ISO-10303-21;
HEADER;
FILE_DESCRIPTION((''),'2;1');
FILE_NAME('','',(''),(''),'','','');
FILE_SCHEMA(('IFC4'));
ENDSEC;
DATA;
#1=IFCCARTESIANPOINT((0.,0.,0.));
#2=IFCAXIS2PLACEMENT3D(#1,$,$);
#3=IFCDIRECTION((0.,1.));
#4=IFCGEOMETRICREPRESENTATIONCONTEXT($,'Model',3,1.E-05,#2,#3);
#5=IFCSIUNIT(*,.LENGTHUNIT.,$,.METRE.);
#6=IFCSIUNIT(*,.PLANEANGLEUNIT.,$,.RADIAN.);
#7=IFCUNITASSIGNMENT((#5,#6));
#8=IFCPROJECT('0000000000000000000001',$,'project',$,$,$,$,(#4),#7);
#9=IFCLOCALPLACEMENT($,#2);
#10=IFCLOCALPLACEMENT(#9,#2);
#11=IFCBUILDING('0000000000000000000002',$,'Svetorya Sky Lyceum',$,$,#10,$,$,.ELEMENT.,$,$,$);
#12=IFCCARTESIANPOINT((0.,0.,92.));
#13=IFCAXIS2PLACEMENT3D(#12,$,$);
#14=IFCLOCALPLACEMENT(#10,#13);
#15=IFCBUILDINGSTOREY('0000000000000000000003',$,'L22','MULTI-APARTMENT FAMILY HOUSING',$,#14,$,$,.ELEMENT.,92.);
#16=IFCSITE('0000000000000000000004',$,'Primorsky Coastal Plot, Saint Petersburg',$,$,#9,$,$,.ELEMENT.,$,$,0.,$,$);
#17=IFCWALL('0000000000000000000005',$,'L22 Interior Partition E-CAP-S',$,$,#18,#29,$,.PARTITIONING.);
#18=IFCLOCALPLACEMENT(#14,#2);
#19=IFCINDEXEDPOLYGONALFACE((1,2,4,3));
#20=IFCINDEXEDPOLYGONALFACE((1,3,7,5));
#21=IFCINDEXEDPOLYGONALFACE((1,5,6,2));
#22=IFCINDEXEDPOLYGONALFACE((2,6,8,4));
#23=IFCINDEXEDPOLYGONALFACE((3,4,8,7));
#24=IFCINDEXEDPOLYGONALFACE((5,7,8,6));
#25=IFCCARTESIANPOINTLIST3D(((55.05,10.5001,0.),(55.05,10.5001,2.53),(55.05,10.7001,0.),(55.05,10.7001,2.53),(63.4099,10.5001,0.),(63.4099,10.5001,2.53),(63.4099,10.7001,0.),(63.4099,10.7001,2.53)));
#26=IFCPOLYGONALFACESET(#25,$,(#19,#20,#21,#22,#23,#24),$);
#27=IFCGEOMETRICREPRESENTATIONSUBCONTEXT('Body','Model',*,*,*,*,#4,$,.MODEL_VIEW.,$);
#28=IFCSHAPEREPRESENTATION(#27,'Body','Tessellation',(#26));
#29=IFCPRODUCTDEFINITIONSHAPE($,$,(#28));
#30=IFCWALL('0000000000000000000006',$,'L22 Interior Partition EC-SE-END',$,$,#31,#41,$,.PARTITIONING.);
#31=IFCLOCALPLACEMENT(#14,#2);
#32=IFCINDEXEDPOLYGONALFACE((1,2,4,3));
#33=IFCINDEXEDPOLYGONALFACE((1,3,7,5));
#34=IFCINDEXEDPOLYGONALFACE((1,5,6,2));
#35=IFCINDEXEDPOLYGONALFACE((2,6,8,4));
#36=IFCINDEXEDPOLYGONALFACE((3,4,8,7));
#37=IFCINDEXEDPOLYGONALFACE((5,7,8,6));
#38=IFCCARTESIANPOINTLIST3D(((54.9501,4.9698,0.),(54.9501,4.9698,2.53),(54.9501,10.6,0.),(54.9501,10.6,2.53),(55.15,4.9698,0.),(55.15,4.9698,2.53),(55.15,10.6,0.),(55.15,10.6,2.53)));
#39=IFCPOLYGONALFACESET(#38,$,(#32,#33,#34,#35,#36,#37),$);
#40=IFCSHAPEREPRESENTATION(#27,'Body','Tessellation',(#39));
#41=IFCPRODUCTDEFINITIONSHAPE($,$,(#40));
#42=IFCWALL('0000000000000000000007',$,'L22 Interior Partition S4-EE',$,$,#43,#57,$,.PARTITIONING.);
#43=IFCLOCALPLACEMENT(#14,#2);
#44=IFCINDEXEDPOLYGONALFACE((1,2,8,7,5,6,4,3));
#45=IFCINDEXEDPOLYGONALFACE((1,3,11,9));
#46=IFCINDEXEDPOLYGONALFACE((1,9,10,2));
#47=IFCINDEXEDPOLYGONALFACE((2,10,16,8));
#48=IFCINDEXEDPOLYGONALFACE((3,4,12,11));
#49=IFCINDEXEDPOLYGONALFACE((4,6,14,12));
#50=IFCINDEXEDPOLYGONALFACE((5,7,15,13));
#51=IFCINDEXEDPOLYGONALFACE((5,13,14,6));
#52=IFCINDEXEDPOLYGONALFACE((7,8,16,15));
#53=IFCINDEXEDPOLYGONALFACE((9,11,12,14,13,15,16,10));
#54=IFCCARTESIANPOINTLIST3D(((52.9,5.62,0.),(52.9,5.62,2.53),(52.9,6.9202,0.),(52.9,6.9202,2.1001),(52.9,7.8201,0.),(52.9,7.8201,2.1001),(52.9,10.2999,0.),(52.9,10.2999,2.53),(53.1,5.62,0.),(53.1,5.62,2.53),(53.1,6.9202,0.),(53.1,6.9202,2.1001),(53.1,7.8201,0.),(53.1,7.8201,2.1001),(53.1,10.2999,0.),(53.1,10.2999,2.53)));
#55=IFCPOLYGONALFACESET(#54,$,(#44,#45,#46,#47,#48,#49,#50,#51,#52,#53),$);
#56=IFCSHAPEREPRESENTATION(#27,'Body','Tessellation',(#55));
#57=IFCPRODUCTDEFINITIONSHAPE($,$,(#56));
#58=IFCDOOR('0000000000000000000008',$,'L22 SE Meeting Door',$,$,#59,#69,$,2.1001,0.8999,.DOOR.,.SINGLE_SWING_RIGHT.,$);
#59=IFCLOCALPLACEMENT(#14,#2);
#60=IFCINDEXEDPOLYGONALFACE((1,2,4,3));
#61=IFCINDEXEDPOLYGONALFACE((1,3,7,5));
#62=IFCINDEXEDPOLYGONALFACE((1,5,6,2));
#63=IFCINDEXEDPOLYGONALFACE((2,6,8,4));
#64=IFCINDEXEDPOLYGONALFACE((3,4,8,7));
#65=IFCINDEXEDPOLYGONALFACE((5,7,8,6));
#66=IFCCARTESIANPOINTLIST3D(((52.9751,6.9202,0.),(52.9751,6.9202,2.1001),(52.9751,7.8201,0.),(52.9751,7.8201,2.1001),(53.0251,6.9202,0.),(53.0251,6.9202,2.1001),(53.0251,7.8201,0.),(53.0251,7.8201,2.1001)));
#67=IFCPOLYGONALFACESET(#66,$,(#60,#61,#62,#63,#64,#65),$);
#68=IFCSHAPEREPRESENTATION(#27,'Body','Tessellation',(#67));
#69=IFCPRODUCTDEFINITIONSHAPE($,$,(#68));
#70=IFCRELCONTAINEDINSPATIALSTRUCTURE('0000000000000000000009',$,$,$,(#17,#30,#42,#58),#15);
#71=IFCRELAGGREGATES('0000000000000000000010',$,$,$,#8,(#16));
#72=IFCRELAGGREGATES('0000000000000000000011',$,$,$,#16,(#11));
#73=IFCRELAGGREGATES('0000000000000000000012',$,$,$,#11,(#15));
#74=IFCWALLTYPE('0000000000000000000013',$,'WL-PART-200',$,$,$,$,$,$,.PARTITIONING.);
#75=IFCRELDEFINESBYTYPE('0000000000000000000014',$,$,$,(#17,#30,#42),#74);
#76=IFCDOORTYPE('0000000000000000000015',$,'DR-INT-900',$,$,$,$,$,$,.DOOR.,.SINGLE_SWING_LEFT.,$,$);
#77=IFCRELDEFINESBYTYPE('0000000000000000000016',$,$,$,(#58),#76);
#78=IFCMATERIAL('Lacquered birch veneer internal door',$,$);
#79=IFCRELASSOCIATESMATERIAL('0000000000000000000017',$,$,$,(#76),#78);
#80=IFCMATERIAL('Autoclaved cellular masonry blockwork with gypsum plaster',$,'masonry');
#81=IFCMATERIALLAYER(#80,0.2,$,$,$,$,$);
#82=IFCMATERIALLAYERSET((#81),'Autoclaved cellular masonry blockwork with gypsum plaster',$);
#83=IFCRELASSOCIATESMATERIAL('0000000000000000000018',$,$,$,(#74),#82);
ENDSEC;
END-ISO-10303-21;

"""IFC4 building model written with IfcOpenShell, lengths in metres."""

from ifc_helpers import new_model, si_unit, direction, frame, frame_2d, origin, place, context, subcontext, project, spatial, rectangle, extrude, material, layer, layer_set, type_object, element, fill, save


model = new_model("IFC4")

# Units and contexts
model_context = context("Model", 3, precision=1e-05, world=origin(), true_north=direction((0.0, 1.0)))
body_context = subcontext(model_context, "Body", "Model", "MODEL_VIEW")
ifc_project = project(units=[si_unit("LENGTHUNIT", "METRE"), si_unit("PLANEANGLEUNIT", "RADIAN")], contexts=[model_context])

# Site, building, storey
site_placement = place(None, origin())
site = spatial("IfcSite", under=ifc_project, at=site_placement, Name="Primorsky Coastal Plot, Saint Petersburg", CompositionType="ELEMENT", RefElevation=0.0)
building_placement = place(site_placement, origin())
building = spatial("IfcBuilding", under=site, at=building_placement, Name="Svetorya Sky Lyceum", CompositionType="ELEMENT")
storey_placement = place(building_placement, frame((0.0, 0.0, 92.0)))
storey = spatial("IfcBuildingStorey", under=building, at=storey_placement, Name="L22", Description="MULTI-APARTMENT FAMILY HOUSING", CompositionType="ELEMENT", Elevation=92.0)

# Shared definitions
ifc_material_1 = material(Name="Lacquered birch veneer internal door")
door_type_1 = type_object("IfcDoorType", Name="DR-INT-900", OperationType="SINGLE_SWING_LEFT", PredefinedType="DOOR", material=ifc_material_1)

# Shared definitions
ifc_material_2 = material(Name="Autoclaved cellular masonry blockwork with gypsum plaster", Category="masonry")
ifc_layer_1 = layer(ifc_material_2, 0.2)
ifc_layer_set_1 = layer_set([ifc_layer_1], Name="Autoclaved cellular masonry blockwork with gypsum plaster")
wall_type_1 = type_object("IfcWallType", Name="WL-PART-200", PredefinedType="PARTITIONING", material=ifc_layer_set_1)

# Walls
wall_1_placement = place(storey_placement, frame((55.05, 10.6001, 0.0), z_axis=(0.0, 0.0, 1.0), x_axis=(1.0, 0.0, 0.0)))
element("IfcWall", 1, at=wall_1_placement, inside=storey, type_object=wall_type_1, Name="L22 Interior Partition E-CAP-S", PredefinedType="PARTITIONING", context=body_context, shape_type="SweptSolid", body=[
    extrude(rectangle(XDim=8.3599, YDim=0.2, at=frame_2d((4.1799, 0.0))), origin(), (0.0, 0.0, 1.0), 2.53),
])
wall_2_placement = place(storey_placement, frame((55.05, 4.97, 0.0), z_axis=(0.0, 0.0, 1.0), x_axis=(0.0, 1.0, 0.0)))
element("IfcWall", 2, at=wall_2_placement, inside=storey, type_object=wall_type_1, Name="L22 Interior Partition EC-SE-END", PredefinedType="PARTITIONING", context=body_context, shape_type="SweptSolid", body=[
    extrude(rectangle(XDim=5.6301, YDim=0.2, at=frame_2d((2.8149, 0.0))), origin(), (0.0, 0.0, 1.0), 2.53),
])

# Wall, opening, door
wall_3_placement = place(storey_placement, frame((53.0, 5.6201, 0.0), z_axis=(0.0, 0.0, 1.0), x_axis=(0.0, 1.0, 0.0)))
wall_3 = element("IfcWall", 3, at=wall_3_placement, inside=storey, type_object=wall_type_1, Name="L22 Interior Partition S4-EE", PredefinedType="PARTITIONING", context=body_context, shape_type="SweptSolid", body=[
    extrude(rectangle(XDim=4.6799, YDim=0.2, at=frame_2d((2.3398, 0.0))), origin(), (0.0, 0.0, 1.0), 2.53),
])
opening_1_placement = place(wall_3_placement, frame((1.3, 0.0, 0.0)))
opening_1 = element("IfcOpeningElement", 4, at=opening_1_placement, cuts=wall_3, PredefinedType="OPENING", context=body_context, shape_type="SweptSolid", body=[
    extrude(rectangle(XDim=0.8999, YDim=2.1001, at=frame_2d((0.45, 1.05))), frame((0.0, 0.1099, 0.0), z_axis=(0.0, -1.0, 0.0), x_axis=(1.0, 0.0, 0.0)), (0.0, 0.0, 1.0), 0.22),
])
door_1_placement = place(opening_1_placement, origin())
door_1 = element("IfcDoor", 5, at=door_1_placement, inside=storey, type_object=door_type_1, Name="L22 SE Meeting Door", OperationType="SINGLE_SWING_RIGHT", OverallHeight=2.1001, OverallWidth=0.8999, PredefinedType="DOOR", context=body_context, shape_type="SweptSolid", body=[
    extrude(rectangle(XDim=0.8999, YDim=2.1001, at=frame_2d((0.45, 1.05))), frame((0.0, 0.0249, 0.0), z_axis=(0.0, -1.0, 0.0), x_axis=(1.0, 0.0, 0.0)), (0.0, 0.0, 1.0), 0.05),
])
fill(opening_1, door_1)

save(model, "model.ifc")
